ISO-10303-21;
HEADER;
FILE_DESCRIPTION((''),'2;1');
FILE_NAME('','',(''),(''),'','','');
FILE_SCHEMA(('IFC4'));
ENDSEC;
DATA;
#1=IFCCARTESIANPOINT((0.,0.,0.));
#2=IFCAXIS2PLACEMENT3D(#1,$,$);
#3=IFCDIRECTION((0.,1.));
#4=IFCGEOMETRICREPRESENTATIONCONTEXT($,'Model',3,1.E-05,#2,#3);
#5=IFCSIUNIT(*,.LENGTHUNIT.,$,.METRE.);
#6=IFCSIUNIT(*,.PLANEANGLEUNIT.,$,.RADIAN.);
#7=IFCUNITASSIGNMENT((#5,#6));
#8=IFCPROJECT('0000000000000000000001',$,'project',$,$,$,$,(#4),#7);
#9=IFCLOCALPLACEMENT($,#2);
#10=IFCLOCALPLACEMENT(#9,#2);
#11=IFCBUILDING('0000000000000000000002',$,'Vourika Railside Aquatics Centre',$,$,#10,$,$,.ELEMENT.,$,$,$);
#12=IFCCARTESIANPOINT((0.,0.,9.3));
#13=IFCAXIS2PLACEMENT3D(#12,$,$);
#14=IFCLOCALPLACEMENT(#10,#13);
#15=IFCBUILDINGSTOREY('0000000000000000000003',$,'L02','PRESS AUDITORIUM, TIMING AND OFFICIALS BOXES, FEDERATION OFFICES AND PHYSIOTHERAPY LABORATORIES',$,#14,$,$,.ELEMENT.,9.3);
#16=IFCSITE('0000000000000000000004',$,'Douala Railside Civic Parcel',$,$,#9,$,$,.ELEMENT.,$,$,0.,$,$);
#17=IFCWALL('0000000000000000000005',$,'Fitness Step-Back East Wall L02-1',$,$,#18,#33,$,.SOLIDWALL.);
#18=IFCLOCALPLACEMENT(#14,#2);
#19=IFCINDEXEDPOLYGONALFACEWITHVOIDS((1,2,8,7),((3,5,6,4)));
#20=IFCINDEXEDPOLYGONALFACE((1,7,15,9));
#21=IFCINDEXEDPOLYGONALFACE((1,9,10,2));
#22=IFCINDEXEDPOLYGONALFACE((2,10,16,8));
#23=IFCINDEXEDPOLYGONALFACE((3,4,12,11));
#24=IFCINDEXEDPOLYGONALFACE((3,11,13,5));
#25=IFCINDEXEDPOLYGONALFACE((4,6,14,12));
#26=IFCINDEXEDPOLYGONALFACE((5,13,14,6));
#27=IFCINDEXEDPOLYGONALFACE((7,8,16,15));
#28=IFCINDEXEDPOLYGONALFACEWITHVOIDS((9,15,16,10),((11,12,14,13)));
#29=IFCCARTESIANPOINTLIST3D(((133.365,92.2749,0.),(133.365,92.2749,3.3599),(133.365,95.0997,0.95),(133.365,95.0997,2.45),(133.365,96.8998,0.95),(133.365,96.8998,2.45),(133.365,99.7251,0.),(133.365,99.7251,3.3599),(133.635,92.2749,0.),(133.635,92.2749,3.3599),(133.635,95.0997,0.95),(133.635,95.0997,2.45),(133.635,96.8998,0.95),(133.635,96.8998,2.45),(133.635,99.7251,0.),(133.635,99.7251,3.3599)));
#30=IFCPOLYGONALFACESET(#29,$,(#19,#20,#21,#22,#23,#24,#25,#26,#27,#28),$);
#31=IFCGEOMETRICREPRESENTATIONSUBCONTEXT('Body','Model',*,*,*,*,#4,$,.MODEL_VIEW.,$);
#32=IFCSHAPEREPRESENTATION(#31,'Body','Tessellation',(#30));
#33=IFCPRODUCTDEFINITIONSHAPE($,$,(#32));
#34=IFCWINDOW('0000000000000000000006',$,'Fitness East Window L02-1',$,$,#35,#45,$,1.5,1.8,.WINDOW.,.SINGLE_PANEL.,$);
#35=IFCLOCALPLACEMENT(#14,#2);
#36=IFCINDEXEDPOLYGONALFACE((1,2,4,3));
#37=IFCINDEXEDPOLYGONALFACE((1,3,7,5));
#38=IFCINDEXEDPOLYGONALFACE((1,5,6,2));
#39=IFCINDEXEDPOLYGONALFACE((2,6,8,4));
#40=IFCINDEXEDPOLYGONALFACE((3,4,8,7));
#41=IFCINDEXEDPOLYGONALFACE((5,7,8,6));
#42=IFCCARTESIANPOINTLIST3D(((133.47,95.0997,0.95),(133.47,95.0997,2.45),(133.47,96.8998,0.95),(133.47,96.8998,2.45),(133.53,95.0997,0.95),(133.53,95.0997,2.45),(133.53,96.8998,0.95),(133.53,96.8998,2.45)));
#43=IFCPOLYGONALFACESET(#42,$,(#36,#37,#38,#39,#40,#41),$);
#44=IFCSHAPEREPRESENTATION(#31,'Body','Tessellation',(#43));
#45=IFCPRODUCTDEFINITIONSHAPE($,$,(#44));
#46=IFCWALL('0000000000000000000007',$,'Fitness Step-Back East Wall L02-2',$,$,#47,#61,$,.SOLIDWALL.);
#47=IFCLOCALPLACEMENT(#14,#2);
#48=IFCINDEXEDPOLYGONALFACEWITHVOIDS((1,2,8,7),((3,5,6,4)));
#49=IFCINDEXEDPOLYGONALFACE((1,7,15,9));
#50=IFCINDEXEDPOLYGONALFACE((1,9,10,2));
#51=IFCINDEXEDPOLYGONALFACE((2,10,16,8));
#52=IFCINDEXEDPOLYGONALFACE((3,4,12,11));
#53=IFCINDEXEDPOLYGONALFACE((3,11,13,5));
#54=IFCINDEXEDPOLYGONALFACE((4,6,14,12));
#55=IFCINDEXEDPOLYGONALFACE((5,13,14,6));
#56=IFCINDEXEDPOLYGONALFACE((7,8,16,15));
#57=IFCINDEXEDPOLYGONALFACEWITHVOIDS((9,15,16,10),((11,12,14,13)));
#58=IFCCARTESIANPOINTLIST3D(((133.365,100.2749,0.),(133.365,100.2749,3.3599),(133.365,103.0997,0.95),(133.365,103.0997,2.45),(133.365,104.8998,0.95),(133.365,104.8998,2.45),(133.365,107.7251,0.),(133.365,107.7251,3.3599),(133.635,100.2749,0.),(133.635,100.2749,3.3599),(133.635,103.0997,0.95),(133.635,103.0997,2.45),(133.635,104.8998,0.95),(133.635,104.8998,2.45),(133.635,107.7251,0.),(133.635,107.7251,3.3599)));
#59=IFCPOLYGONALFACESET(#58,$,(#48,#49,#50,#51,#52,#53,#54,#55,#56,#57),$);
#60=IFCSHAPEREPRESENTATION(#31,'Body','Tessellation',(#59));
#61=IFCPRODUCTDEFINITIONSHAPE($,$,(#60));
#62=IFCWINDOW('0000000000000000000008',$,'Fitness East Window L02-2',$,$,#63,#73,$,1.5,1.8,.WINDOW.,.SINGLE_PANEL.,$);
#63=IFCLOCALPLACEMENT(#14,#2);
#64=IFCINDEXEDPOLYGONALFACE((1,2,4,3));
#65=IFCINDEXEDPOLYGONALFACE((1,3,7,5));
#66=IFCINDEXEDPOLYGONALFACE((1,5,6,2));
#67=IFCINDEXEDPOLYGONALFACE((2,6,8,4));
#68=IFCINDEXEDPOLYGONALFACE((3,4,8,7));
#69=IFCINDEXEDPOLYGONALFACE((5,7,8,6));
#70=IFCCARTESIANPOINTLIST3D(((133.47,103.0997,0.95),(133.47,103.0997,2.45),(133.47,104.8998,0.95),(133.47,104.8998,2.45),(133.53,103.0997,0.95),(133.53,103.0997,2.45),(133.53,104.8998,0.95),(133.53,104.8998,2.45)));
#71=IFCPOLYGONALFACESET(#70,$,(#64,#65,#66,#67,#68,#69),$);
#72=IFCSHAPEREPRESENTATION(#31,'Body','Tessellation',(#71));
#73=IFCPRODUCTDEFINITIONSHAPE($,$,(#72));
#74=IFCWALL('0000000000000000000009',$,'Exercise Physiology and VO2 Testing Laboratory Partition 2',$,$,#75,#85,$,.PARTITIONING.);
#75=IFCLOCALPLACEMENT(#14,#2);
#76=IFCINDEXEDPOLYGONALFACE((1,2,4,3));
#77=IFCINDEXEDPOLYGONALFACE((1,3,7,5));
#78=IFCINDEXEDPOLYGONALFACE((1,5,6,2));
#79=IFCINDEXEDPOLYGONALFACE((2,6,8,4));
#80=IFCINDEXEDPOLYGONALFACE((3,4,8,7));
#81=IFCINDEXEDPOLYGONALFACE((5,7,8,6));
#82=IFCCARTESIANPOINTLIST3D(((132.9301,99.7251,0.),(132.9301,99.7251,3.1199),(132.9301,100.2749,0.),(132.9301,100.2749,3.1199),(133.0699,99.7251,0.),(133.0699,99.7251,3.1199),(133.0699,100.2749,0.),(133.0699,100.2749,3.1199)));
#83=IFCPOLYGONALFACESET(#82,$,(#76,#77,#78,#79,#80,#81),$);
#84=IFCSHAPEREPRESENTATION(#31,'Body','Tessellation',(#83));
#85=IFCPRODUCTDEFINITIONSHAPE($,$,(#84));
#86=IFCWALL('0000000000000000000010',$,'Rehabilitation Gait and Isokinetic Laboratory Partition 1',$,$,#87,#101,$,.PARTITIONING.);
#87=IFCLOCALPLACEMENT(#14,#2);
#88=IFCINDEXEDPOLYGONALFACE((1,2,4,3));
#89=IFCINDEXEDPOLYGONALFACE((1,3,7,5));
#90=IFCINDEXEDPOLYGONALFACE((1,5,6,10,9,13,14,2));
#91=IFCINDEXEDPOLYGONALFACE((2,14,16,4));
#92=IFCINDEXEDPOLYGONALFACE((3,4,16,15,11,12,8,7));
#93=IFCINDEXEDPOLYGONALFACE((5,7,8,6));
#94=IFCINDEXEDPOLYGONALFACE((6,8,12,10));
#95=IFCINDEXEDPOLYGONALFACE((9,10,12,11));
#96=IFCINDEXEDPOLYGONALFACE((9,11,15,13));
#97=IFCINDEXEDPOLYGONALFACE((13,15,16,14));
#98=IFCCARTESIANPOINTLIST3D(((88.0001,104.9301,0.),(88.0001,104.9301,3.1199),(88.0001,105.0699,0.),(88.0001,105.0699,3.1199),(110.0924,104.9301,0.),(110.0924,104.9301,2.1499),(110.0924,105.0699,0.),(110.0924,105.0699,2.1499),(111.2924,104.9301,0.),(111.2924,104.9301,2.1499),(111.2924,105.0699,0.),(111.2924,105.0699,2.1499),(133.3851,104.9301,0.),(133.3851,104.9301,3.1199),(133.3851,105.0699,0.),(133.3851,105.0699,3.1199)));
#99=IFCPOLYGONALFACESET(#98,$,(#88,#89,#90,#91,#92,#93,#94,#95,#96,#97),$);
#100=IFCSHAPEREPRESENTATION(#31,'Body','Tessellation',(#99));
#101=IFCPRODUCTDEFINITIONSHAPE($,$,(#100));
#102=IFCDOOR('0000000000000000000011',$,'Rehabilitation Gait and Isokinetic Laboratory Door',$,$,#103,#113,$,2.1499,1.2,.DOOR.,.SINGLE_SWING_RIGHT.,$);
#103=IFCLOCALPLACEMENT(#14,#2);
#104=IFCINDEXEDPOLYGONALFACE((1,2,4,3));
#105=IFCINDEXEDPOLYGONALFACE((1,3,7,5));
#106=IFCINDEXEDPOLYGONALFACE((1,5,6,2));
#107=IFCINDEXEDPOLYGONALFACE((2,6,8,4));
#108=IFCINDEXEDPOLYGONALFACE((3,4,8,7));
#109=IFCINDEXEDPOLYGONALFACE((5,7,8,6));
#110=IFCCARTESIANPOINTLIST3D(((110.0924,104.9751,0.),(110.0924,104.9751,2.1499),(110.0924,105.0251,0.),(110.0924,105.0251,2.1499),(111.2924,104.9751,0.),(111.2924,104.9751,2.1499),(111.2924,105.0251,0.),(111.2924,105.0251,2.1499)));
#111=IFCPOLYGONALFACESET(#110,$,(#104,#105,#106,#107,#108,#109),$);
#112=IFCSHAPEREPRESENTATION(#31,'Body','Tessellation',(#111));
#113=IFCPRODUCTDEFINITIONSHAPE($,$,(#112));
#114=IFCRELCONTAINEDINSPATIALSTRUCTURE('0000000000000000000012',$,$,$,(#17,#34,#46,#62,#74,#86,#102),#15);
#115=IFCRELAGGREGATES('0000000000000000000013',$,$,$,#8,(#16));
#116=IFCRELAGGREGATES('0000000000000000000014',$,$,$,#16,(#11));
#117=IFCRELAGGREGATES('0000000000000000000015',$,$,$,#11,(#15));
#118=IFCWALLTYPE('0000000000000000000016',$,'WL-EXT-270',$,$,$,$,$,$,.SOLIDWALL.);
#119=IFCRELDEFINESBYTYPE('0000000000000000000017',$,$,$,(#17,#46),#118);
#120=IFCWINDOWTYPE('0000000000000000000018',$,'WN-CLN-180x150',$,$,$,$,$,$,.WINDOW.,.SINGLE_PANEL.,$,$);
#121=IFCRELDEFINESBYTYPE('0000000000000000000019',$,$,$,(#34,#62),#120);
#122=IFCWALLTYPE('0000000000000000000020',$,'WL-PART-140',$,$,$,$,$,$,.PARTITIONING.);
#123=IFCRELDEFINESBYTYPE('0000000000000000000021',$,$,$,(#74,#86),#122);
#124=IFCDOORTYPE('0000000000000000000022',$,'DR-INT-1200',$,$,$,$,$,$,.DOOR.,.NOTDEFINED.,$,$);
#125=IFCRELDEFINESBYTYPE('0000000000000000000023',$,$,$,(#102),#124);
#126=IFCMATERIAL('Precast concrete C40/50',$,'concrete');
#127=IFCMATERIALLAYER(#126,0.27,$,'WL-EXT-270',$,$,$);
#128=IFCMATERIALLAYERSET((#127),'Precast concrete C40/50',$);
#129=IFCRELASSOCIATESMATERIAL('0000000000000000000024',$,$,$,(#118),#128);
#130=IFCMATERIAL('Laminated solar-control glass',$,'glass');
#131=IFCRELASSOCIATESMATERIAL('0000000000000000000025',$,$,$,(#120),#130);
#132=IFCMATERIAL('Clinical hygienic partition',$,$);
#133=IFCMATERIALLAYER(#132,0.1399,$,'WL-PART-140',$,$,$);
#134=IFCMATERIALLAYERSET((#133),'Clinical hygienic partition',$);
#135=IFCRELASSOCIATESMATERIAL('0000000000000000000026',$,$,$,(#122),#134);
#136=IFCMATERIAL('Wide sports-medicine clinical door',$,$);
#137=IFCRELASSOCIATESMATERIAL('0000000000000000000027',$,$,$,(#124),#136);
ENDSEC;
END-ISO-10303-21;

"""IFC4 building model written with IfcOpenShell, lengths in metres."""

from ifc_helpers import new_model, si_unit, direction, frame, frame_2d, origin, place, context, subcontext, project, spatial, rectangle, extrude, material, layer, layer_set, type_object, element, fill, save


model = new_model("IFC4")

# Units and contexts
model_context = context("Model", 3, precision=1e-05, world=origin(), true_north=direction((0.0, 1.0)))
body_context = subcontext(model_context, "Body", "Model", "MODEL_VIEW")
ifc_project = project(units=[si_unit("LENGTHUNIT", "METRE"), si_unit("PLANEANGLEUNIT", "RADIAN")], contexts=[model_context])

# Site, building, storey
site_placement = place(None, origin())
site = spatial("IfcSite", under=ifc_project, at=site_placement, Name="Douala Railside Civic Parcel", CompositionType="ELEMENT", RefElevation=0.0)
building_placement = place(site_placement, origin())
building = spatial("IfcBuilding", under=site, at=building_placement, Name="Vourika Railside Aquatics Centre", CompositionType="ELEMENT")
storey_placement = place(building_placement, frame((0.0, 0.0, 9.3)))
storey = spatial("IfcBuildingStorey", under=building, at=storey_placement, Name="L02", Description="PRESS AUDITORIUM, TIMING AND OFFICIALS BOXES, FEDERATION OFFICES AND PHYSIOTHERAPY LABORATORIES", CompositionType="ELEMENT", Elevation=9.3)

# Walls, openings, windows
ifc_material_1 = material(Name="Precast concrete C40/50", Category="concrete")
ifc_layer_1 = layer(ifc_material_1, 0.27, Name="WL-EXT-270")
ifc_layer_set_1 = layer_set([ifc_layer_1], Name="Precast concrete C40/50")
wall_type_1 = type_object("IfcWallType", Name="WL-EXT-270", PredefinedType="SOLIDWALL", material=ifc_layer_set_1)
wall_1_placement = place(storey_placement, frame((133.5, 92.2749, 0.0), z_axis=(0.0, 0.0, 1.0), x_axis=(0.0, 1.0, 0.0)))
wall_1 = element("IfcWall", 1, at=wall_1_placement, inside=storey, type_object=wall_type_1, Name="Fitness Step-Back East Wall L02-1", PredefinedType="SOLIDWALL", context=body_context, shape_type="SweptSolid", body=[
    extrude(rectangle(XDim=7.4502, YDim=0.27, at=frame_2d((3.7251, 0.0))), origin(), (0.0, 0.0, 1.0), 3.3599),
])
opening_1_placement = place(wall_1_placement, frame((2.825, 0.0, 0.95)))
opening_1 = element("IfcOpeningElement", 2, at=opening_1_placement, cuts=wall_1, PredefinedType="OPENING", context=body_context, shape_type="SweptSolid", body=[
    extrude(rectangle(XDim=1.8, YDim=1.5, at=frame_2d((0.8999, 0.75))), frame((0.0, 0.145, 0.0), z_axis=(0.0, -1.0, 0.0), x_axis=(1.0, 0.0, 0.0)), (0.0, 0.0, 1.0), 0.29),
])
ifc_material_2 = material(Name="Laminated solar-control glass", Category="glass")
window_type = type_object("IfcWindowType", Name="WN-CLN-180x150", PartitioningType="SINGLE_PANEL", PredefinedType="WINDOW", material=ifc_material_2)
window_1_placement = place(opening_1_placement, origin())
window_1 = element("IfcWindow", 3, at=window_1_placement, inside=storey, type_object=window_type, Name="Fitness East Window L02-1", OverallHeight=1.5, OverallWidth=1.8, PartitioningType="SINGLE_PANEL", PredefinedType="WINDOW", context=body_context, shape_type="SweptSolid", body=[
    extrude(rectangle(XDim=1.8, YDim=1.5, at=frame_2d((0.8999, 0.75))), frame((0.0, 0.03, 0.0), z_axis=(0.0, -1.0, 0.0), x_axis=(1.0, 0.0, 0.0)), (0.0, 0.0, 1.0), 0.0601),
])
fill(opening_1, window_1)
wall_2_placement = place(storey_placement, frame((133.5, 100.2749, 0.0), z_axis=(0.0, 0.0, 1.0), x_axis=(0.0, 1.0, 0.0)))
wall_2 = element("IfcWall", 4, at=wall_2_placement, inside=storey, type_object=wall_type_1, Name="Fitness Step-Back East Wall L02-2", PredefinedType="SOLIDWALL", context=body_context, shape_type="SweptSolid", body=[
    extrude(rectangle(XDim=7.4502, YDim=0.27, at=frame_2d((3.7251, 0.0))), origin(), (0.0, 0.0, 1.0), 3.3599),
])
opening_2_placement = place(wall_2_placement, frame((2.825, 0.0, 0.95)))
opening_2 = element("IfcOpeningElement", 5, at=opening_2_placement, cuts=wall_2, PredefinedType="OPENING", context=body_context, shape_type="SweptSolid", body=[
    extrude(rectangle(XDim=1.8, YDim=1.5, at=frame_2d((0.8999, 0.75))), frame((0.0, 0.145, 0.0), z_axis=(0.0, -1.0, 0.0), x_axis=(1.0, 0.0, 0.0)), (0.0, 0.0, 1.0), 0.29),
])
window_2_placement = place(opening_2_placement, origin())
window_2 = element("IfcWindow", 6, at=window_2_placement, inside=storey, type_object=window_type, Name="Fitness East Window L02-2", OverallHeight=1.5, OverallWidth=1.8, PartitioningType="SINGLE_PANEL", PredefinedType="WINDOW", context=body_context, shape_type="SweptSolid", body=[
    extrude(rectangle(XDim=1.8, YDim=1.5, at=frame_2d((0.8999, 0.75))), frame((0.0, 0.03, 0.0), z_axis=(0.0, -1.0, 0.0), x_axis=(1.0, 0.0, 0.0)), (0.0, 0.0, 1.0), 0.0601),
])
fill(opening_2, window_2)

# Wall
ifc_material_3 = material(Name="Clinical hygienic partition")
ifc_layer_2 = layer(ifc_material_3, 0.1399, Name="WL-PART-140")
ifc_layer_set_2 = layer_set([ifc_layer_2], Name="Clinical hygienic partition")
wall_type_2 = type_object("IfcWallType", Name="WL-PART-140", PredefinedType="PARTITIONING", material=ifc_layer_set_2)
wall_3_placement = place(storey_placement, frame((133.0, 100.2749, 0.0), z_axis=(0.0, 0.0, 1.0), x_axis=(0.0, -1.0, 0.0)))
element("IfcWall", 7, at=wall_3_placement, inside=storey, type_object=wall_type_2, Name="Exercise Physiology and VO2 Testing Laboratory Partition 2", PredefinedType="PARTITIONING", context=body_context, shape_type="SweptSolid", body=[
    extrude(rectangle(XDim=0.5498, YDim=0.1399, at=frame_2d((0.2749, 0.0))), origin(), (0.0, 0.0, 1.0), 3.1199),
])

# Wall, opening, door
wall_4_placement = place(storey_placement, frame((133.385, 105.0, 0.0), z_axis=(0.0, 0.0, 1.0), x_axis=(-1.0, 0.0, 0.0)))
wall_4 = element("IfcWall", 8, at=wall_4_placement, inside=storey, type_object=wall_type_2, Name="Rehabilitation Gait and Isokinetic Laboratory Partition 1", PredefinedType="PARTITIONING", context=body_context, shape_type="SweptSolid", body=[
    extrude(rectangle(XDim=45.385, YDim=0.1399, at=frame_2d((22.6924, 0.0))), origin(), (0.0, 0.0, 1.0), 3.1199),
])
opening_3_placement = place(wall_4_placement, frame((22.0925, 0.0, 0.0)))
opening_3 = element("IfcOpeningElement", 9, at=opening_3_placement, cuts=wall_4, PredefinedType="OPENING", context=body_context, shape_type="SweptSolid", body=[
    extrude(rectangle(XDim=1.2, YDim=2.1499, at=frame_2d((0.6001, 1.075))), frame((0.0, 0.0801, 0.0), z_axis=(0.0, -1.0, 0.0), x_axis=(1.0, 0.0, 0.0)), (0.0, 0.0, 1.0), 0.1599),
])
ifc_material_4 = material(Name="Wide sports-medicine clinical door")
door_type = type_object("IfcDoorType", Name="DR-INT-1200", OperationType="NOTDEFINED", PredefinedType="DOOR", material=ifc_material_4)
door_placement = place(opening_3_placement, origin())
door = element("IfcDoor", 10, at=door_placement, inside=storey, type_object=door_type, Name="Rehabilitation Gait and Isokinetic Laboratory Door", OperationType="SINGLE_SWING_RIGHT", OverallHeight=2.1499, OverallWidth=1.2, PredefinedType="DOOR", context=body_context, shape_type="SweptSolid", body=[
    extrude(rectangle(XDim=1.2, YDim=2.1499, at=frame_2d((0.6001, 1.075))), frame((0.0, 0.0249, 0.0), z_axis=(0.0, -1.0, 0.0), x_axis=(1.0, 0.0, 0.0)), (0.0, 0.0, 1.0), 0.05),
])
fill(opening_3, door)

save(model, "model.ifc")
